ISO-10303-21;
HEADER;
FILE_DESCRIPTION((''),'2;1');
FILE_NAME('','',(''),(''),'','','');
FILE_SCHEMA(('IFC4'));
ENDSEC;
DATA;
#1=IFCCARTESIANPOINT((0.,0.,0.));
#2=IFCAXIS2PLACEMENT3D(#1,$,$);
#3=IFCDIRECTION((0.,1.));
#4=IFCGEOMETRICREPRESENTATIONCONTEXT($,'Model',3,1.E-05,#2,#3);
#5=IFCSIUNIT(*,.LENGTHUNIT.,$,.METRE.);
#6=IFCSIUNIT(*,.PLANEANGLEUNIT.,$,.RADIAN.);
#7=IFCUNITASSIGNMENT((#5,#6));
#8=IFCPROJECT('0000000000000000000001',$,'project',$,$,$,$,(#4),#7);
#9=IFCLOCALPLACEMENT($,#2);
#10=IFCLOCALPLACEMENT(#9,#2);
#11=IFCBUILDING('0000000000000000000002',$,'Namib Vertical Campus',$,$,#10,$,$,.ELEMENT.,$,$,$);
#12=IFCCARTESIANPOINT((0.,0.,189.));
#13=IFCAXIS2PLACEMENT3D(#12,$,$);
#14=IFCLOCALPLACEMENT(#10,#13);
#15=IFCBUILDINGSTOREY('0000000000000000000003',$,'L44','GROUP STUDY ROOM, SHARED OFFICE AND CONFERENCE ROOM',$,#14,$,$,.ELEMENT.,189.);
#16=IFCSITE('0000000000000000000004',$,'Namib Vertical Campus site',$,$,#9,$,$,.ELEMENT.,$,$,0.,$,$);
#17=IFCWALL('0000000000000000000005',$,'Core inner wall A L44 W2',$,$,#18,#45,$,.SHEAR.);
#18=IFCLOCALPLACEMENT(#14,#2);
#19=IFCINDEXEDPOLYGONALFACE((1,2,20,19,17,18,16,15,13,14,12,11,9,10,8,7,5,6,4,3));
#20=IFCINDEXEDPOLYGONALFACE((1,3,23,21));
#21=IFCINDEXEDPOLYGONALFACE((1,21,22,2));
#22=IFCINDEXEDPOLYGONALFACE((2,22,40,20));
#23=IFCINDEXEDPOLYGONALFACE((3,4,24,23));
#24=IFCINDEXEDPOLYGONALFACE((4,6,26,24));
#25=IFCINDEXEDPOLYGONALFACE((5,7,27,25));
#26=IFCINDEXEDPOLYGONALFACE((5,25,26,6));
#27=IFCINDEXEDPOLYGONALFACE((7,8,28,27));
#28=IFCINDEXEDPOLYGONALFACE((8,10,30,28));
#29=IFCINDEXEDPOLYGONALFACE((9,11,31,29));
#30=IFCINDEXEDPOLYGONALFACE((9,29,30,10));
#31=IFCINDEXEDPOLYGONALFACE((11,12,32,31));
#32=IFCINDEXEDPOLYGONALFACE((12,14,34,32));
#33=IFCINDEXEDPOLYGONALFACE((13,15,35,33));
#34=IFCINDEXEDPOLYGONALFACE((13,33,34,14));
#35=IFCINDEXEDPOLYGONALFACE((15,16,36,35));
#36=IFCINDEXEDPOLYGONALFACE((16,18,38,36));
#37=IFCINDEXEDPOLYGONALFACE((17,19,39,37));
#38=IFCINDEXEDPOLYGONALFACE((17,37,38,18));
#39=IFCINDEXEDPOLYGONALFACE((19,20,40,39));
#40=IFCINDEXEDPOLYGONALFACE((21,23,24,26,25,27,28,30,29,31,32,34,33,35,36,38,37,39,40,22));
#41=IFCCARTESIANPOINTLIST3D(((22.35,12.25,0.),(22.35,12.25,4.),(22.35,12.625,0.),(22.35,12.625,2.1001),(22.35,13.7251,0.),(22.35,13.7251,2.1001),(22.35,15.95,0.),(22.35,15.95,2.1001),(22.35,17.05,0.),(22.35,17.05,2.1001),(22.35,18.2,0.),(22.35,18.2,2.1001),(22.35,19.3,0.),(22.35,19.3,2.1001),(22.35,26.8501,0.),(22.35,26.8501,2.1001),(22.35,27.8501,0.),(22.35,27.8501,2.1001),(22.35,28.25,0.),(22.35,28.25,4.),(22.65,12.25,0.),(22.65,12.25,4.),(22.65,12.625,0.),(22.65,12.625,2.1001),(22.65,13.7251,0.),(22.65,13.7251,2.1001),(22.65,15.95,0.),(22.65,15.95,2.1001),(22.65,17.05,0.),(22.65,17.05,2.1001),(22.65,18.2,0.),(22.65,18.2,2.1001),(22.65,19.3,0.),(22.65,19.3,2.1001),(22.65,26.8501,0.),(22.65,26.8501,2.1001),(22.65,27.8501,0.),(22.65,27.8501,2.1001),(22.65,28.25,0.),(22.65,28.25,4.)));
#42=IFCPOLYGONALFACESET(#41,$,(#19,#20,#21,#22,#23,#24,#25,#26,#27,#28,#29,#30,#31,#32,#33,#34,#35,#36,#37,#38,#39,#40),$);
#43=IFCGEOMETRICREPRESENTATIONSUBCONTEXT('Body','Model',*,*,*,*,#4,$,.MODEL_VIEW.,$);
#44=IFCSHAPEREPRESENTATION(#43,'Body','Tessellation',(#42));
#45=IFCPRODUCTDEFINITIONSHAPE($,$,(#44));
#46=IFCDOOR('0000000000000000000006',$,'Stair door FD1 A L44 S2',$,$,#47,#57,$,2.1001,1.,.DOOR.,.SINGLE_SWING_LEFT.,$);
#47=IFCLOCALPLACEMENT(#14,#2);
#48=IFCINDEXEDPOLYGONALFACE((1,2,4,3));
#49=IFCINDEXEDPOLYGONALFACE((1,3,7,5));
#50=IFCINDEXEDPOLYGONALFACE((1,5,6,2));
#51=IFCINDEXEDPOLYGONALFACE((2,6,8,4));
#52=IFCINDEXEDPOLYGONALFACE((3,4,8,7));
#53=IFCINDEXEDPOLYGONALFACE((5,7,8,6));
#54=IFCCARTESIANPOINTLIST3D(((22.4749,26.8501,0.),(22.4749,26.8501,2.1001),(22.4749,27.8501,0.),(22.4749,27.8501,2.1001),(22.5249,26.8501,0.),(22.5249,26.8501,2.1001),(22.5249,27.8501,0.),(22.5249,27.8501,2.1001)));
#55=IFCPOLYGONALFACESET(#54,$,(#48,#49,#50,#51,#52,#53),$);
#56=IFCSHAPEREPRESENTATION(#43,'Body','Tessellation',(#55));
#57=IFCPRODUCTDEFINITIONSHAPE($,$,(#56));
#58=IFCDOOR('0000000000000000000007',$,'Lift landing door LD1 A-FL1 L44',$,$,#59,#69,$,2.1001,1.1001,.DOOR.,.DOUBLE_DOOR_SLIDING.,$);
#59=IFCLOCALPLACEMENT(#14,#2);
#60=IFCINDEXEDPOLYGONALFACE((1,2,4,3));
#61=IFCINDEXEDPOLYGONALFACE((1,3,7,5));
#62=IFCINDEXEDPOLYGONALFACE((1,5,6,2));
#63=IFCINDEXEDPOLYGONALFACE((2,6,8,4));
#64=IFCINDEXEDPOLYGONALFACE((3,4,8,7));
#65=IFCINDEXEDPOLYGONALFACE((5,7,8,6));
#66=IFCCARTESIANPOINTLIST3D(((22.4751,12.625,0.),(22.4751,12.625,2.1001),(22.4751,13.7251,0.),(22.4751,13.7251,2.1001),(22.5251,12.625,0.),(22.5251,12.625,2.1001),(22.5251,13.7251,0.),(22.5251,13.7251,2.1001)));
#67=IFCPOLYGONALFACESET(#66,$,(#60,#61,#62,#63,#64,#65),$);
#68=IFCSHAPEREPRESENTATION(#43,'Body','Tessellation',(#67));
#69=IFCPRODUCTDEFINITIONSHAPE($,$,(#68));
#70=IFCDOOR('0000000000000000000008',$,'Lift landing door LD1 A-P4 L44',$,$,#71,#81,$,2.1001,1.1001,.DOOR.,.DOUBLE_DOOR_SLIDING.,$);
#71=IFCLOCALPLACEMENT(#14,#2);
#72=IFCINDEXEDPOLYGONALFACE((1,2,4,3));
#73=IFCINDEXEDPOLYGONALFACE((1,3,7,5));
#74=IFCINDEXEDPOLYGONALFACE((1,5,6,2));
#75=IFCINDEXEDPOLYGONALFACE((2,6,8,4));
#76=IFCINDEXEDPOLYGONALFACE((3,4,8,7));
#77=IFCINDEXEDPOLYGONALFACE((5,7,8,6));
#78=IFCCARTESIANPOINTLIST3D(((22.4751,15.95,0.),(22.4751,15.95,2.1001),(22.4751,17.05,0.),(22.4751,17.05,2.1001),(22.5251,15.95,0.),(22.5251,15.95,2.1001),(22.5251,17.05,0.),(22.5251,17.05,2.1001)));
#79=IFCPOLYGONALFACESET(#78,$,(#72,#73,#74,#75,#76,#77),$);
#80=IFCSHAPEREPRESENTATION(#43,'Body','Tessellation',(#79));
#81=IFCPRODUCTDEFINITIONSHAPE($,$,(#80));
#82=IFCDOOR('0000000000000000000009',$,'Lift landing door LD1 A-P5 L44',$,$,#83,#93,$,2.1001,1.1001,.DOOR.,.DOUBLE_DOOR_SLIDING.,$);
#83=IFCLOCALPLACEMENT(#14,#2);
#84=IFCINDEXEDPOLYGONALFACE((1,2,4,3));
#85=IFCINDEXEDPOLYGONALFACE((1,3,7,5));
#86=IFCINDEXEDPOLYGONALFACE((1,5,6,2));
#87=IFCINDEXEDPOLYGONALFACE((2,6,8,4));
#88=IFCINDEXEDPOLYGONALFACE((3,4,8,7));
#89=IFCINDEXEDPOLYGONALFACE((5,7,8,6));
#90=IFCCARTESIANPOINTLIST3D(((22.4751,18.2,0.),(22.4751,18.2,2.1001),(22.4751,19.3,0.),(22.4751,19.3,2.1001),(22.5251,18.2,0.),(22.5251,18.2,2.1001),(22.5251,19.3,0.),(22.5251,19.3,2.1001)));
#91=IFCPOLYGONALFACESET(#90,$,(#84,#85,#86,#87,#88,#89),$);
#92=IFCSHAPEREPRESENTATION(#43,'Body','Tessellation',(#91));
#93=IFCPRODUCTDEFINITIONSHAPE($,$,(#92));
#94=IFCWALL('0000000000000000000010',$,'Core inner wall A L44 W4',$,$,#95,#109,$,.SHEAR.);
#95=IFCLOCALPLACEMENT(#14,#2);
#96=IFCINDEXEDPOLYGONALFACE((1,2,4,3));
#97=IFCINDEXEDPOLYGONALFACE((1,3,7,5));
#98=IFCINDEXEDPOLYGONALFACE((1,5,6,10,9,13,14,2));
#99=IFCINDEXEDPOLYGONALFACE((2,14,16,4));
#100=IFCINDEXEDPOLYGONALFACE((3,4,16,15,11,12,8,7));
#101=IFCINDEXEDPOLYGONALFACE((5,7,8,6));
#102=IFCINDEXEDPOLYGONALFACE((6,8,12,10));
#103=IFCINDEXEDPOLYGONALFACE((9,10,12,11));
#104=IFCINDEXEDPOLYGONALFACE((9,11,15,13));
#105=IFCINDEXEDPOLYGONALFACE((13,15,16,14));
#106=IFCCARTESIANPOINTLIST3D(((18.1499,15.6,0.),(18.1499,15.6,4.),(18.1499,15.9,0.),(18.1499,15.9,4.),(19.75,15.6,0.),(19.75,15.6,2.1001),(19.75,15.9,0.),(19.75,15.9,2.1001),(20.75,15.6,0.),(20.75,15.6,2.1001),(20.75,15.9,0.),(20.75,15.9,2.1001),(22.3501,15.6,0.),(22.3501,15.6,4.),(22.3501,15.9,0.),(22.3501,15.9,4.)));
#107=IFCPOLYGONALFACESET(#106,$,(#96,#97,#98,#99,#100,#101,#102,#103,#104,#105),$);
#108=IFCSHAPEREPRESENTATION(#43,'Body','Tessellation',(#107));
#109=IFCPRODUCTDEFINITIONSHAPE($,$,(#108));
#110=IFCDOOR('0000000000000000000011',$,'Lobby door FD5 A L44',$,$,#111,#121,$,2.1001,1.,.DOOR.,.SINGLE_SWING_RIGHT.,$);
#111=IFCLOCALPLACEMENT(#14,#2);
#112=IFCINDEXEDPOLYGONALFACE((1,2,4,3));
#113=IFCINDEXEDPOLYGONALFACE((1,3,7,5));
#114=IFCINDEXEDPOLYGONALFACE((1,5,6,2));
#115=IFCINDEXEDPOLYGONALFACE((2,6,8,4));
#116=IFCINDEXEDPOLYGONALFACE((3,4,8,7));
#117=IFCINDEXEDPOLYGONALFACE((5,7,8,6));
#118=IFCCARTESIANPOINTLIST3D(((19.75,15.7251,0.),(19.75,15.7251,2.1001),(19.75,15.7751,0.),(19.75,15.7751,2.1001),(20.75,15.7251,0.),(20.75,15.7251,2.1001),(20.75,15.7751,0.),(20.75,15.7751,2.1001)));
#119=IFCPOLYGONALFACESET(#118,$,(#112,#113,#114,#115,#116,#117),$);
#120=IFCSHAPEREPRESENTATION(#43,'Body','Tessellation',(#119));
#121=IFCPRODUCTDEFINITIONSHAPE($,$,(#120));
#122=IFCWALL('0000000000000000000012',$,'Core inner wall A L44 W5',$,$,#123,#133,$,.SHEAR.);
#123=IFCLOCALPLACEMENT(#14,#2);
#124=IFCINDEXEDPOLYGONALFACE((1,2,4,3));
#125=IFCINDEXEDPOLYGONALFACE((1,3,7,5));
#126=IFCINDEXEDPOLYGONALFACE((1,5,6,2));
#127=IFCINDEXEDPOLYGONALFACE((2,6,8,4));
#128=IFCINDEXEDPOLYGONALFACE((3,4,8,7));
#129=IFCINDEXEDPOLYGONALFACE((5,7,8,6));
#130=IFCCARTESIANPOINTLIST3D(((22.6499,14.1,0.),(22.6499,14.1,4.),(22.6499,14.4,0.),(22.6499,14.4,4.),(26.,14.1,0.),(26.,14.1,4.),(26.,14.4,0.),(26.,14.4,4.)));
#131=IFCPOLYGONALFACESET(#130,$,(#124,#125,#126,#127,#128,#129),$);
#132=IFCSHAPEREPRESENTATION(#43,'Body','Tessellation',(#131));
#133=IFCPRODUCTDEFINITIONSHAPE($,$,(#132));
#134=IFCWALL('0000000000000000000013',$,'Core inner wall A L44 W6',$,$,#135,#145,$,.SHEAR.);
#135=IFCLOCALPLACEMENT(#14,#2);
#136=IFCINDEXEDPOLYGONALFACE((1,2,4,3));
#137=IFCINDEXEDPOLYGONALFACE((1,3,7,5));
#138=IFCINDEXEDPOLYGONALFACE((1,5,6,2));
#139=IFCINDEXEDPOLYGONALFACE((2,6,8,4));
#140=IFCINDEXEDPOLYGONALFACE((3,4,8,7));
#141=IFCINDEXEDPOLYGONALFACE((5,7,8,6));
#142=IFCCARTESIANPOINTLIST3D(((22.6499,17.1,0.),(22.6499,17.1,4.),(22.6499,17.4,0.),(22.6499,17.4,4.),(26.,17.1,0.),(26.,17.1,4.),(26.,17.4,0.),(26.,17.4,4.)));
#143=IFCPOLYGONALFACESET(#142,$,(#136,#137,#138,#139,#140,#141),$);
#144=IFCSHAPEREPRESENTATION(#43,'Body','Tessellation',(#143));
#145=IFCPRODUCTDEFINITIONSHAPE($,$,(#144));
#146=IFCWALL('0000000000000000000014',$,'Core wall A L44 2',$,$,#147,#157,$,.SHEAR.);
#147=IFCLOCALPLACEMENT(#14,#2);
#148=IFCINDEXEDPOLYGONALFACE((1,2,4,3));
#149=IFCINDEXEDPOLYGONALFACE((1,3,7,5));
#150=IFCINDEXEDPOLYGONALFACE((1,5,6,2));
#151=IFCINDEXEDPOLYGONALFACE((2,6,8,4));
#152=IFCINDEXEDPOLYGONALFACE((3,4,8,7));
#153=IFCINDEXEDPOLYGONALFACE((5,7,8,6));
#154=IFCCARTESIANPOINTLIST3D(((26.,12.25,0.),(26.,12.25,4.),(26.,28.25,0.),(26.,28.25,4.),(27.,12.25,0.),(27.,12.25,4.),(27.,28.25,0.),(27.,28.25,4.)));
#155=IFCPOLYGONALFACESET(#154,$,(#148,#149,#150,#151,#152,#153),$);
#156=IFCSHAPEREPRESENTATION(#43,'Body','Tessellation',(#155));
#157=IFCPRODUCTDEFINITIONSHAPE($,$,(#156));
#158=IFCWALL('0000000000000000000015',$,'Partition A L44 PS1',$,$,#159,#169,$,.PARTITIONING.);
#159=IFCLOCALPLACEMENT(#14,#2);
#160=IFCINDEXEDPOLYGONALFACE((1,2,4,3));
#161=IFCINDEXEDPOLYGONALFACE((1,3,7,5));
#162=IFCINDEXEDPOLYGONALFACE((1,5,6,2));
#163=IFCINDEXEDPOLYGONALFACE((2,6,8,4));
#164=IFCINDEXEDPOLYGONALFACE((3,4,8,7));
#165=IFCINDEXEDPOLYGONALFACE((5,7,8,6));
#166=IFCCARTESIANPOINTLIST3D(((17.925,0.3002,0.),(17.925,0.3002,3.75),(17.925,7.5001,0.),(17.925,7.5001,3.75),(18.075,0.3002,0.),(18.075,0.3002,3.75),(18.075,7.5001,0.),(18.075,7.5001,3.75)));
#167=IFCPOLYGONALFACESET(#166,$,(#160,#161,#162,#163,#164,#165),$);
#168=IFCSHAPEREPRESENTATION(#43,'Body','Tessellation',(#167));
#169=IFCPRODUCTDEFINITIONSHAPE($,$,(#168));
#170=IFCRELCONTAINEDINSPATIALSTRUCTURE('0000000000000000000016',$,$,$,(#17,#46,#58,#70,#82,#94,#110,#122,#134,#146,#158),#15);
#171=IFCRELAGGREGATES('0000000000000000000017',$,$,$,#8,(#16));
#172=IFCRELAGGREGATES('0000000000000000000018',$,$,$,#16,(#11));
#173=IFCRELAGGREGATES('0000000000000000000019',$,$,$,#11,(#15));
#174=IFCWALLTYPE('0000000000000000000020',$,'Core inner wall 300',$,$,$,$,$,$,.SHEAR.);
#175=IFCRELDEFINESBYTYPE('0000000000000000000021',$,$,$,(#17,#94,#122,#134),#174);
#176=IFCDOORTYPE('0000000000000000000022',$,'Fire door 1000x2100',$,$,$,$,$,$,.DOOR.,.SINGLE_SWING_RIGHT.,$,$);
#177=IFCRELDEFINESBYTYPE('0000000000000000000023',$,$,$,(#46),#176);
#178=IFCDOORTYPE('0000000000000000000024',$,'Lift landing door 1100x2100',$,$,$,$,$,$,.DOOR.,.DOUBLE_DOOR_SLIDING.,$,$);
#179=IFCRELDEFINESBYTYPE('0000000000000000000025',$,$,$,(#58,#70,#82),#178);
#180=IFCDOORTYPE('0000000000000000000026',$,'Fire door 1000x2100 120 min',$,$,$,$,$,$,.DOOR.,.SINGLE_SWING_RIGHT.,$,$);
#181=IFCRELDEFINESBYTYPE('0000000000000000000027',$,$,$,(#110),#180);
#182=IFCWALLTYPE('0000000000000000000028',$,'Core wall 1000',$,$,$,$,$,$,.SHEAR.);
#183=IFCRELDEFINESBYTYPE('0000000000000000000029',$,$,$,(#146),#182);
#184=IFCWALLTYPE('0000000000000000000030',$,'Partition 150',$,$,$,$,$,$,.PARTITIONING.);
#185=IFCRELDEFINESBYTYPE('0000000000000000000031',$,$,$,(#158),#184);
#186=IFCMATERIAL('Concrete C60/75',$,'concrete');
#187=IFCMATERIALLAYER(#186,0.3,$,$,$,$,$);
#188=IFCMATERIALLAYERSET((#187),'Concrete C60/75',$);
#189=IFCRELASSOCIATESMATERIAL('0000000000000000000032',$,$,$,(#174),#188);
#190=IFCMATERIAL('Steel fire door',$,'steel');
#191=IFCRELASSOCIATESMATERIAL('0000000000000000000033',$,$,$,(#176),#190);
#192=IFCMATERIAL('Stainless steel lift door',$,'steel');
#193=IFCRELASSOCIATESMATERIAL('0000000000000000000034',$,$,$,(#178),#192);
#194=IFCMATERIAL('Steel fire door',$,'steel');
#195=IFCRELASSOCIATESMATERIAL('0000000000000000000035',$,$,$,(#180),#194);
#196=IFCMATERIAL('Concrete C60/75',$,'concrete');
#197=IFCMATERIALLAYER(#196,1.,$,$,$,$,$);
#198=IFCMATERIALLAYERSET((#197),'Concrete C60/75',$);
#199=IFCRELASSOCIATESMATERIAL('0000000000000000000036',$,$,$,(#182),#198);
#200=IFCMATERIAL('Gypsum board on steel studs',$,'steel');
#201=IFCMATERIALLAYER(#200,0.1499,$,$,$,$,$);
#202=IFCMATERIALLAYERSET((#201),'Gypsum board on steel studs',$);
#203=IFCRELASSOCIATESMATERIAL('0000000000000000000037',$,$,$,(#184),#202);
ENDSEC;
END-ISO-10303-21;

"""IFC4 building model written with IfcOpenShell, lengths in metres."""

from ifc_helpers import new_model, si_unit, direction, frame, frame_2d, origin, place, context, subcontext, project, spatial, rectangle, extrude, material, layer, layer_set, type_object, element, fill, save


model = new_model("IFC4")

# Units and contexts
model_context = context("Model", 3, precision=1e-05, world=origin(), true_north=direction((0.0, 1.0)))
body_context = subcontext(model_context, "Body", "Model", "MODEL_VIEW")
ifc_project = project(units=[si_unit("LENGTHUNIT", "METRE"), si_unit("PLANEANGLEUNIT", "RADIAN")], contexts=[model_context])

# Site, building, storey
site_placement = place(None, origin())
site = spatial("IfcSite", under=ifc_project, at=site_placement, Name="Namib Vertical Campus site", CompositionType="ELEMENT", RefElevation=0.0)
building_placement = place(site_placement, origin())
building = spatial("IfcBuilding", under=site, at=building_placement, Name="Namib Vertical Campus", CompositionType="ELEMENT")
storey_placement = place(building_placement, frame((0.0, 0.0, 189.0)))
storey = spatial("IfcBuildingStorey", under=building, at=storey_placement, Name="L44", Description="GROUP STUDY ROOM, SHARED OFFICE AND CONFERENCE ROOM", CompositionType="ELEMENT", Elevation=189.0)

# Wall, openings, doors
ifc_material_1 = material(Name="Concrete C60/75", Category="concrete")
ifc_layer_1 = layer(ifc_material_1, 0.3)
ifc_layer_set_1 = layer_set([ifc_layer_1], Name="Concrete C60/75")
wall_type_1 = type_object("IfcWallType", Name="Core inner wall 300", PredefinedType="SHEAR", material=ifc_layer_set_1)
ifc_material_2 = material(Name="Steel fire door", Category="steel")
door_type_1 = type_object("IfcDoorType", Name="Fire door 1000x2100", OperationType="SINGLE_SWING_RIGHT", PredefinedType="DOOR", material=ifc_material_2)
ifc_material_3 = material(Name="Stainless steel lift door", Category="steel")
door_type_2 = type_object("IfcDoorType", Name="Lift landing door 1100x2100", OperationType="DOUBLE_DOOR_SLIDING", PredefinedType="DOOR", material=ifc_material_3)
wall_1_placement = place(storey_placement, frame((22.5, 12.25, 0.0), z_axis=(0.0, 0.0, 1.0), x_axis=(0.0, 1.0, 0.0)))
wall_1 = element("IfcWall", 1, at=wall_1_placement, inside=storey, type_object=wall_type_1, Name="Core inner wall A L44 W2", PredefinedType="SHEAR", context=body_context, shape_type="SweptSolid", body=[
    extrude(rectangle(XDim=16.0, YDim=0.3, at=frame_2d((8.0, 0.0))), origin(), (0.0, 0.0, 1.0), 4.0),
])
opening_1_placement = place(wall_1_placement, frame((14.6001, 0.0, 0.0)))
opening_1 = element("IfcOpeningElement", 2, at=opening_1_placement, cuts=wall_1, PredefinedType="OPENING", context=body_context, shape_type="SweptSolid", body=[
    extrude(rectangle(XDim=1.0, YDim=2.1001, at=frame_2d((0.5, 1.05))), frame((0.0, 0.1599, 0.0), z_axis=(0.0, -1.0, 0.0), x_axis=(1.0, 0.0, 0.0)), (0.0, 0.0, 1.0), 0.3201),
])
opening_2_placement = place(wall_1_placement, frame((0.375, 0.0, 0.0)))
opening_2 = element("IfcOpeningElement", 3, at=opening_2_placement, cuts=wall_1, PredefinedType="OPENING", context=body_context, shape_type="SweptSolid", body=[
    extrude(rectangle(XDim=1.1001, YDim=2.1001, at=frame_2d((0.55, 1.05))), frame((0.0, 0.1599, 0.0), z_axis=(0.0, -1.0, 0.0), x_axis=(1.0, 0.0, 0.0)), (0.0, 0.0, 1.0), 0.3201),
])
opening_3_placement = place(wall_1_placement, frame((3.7, 0.0, 0.0)))
opening_3 = element("IfcOpeningElement", 4, at=opening_3_placement, cuts=wall_1, PredefinedType="OPENING", context=body_context, shape_type="SweptSolid", body=[
    extrude(rectangle(XDim=1.1001, YDim=2.1001, at=frame_2d((0.55, 1.05))), frame((0.0, 0.1599, 0.0), z_axis=(0.0, -1.0, 0.0), x_axis=(1.0, 0.0, 0.0)), (0.0, 0.0, 1.0), 0.3201),
])
opening_4_placement = place(wall_1_placement, frame((5.95, 0.0, 0.0)))
opening_4 = element("IfcOpeningElement", 5, at=opening_4_placement, cuts=wall_1, PredefinedType="OPENING", context=body_context, shape_type="SweptSolid", body=[
    extrude(rectangle(XDim=1.1001, YDim=2.1001, at=frame_2d((0.55, 1.05))), frame((0.0, 0.1599, 0.0), z_axis=(0.0, -1.0, 0.0), x_axis=(1.0, 0.0, 0.0)), (0.0, 0.0, 1.0), 0.3201),
])
door_1_placement = place(opening_1_placement, frame((1.0, 0.0, 0.0), z_axis=(0.0, 0.0, 1.0), x_axis=(-1.0, 0.0, 0.0)))
door_1 = element("IfcDoor", 6, at=door_1_placement, inside=storey, type_object=door_type_1, Name="Stair door FD1 A L44 S2", OperationType="SINGLE_SWING_LEFT", OverallHeight=2.1001, OverallWidth=1.0, PredefinedType="DOOR", context=body_context, shape_type="SweptSolid", body=[
    extrude(rectangle(XDim=1.0, YDim=2.1001, at=frame_2d((0.5, 1.05))), frame((0.0, 0.0249, 0.0), z_axis=(0.0, -1.0, 0.0), x_axis=(1.0, 0.0, 0.0)), (0.0, 0.0, 1.0), 0.05),
])
fill(opening_1, door_1)
door_2_placement = place(opening_2_placement, origin())
door_2 = element("IfcDoor", 7, at=door_2_placement, inside=storey, type_object=door_type_2, Name="Lift landing door LD1 A-FL1 L44", OperationType="DOUBLE_DOOR_SLIDING", OverallHeight=2.1001, OverallWidth=1.1001, PredefinedType="DOOR", context=body_context, shape_type="SweptSolid", body=[
    extrude(rectangle(XDim=1.1001, YDim=2.1001, at=frame_2d((0.55, 1.05))), frame((0.0, 0.0249, 0.0), z_axis=(0.0, -1.0, 0.0), x_axis=(1.0, 0.0, 0.0)), (0.0, 0.0, 1.0), 0.05),
])
fill(opening_2, door_2)
door_3_placement = place(opening_3_placement, origin())
door_3 = element("IfcDoor", 8, at=door_3_placement, inside=storey, type_object=door_type_2, Name="Lift landing door LD1 A-P4 L44", OperationType="DOUBLE_DOOR_SLIDING", OverallHeight=2.1001, OverallWidth=1.1001, PredefinedType="DOOR", context=body_context, shape_type="SweptSolid", body=[
    extrude(rectangle(XDim=1.1001, YDim=2.1001, at=frame_2d((0.55, 1.05))), frame((0.0, 0.0249, 0.0), z_axis=(0.0, -1.0, 0.0), x_axis=(1.0, 0.0, 0.0)), (0.0, 0.0, 1.0), 0.05),
])
fill(opening_3, door_3)
door_4_placement = place(opening_4_placement, origin())
door_4 = element("IfcDoor", 9, at=door_4_placement, inside=storey, type_object=door_type_2, Name="Lift landing door LD1 A-P5 L44", OperationType="DOUBLE_DOOR_SLIDING", OverallHeight=2.1001, OverallWidth=1.1001, PredefinedType="DOOR", context=body_context, shape_type="SweptSolid", body=[
    extrude(rectangle(XDim=1.1001, YDim=2.1001, at=frame_2d((0.55, 1.05))), frame((0.0, 0.0249, 0.0), z_axis=(0.0, -1.0, 0.0), x_axis=(1.0, 0.0, 0.0)), (0.0, 0.0, 1.0), 0.05),
])
fill(opening_4, door_4)

# Wall, opening, door
wall_2_placement = place(storey_placement, frame((18.1499, 15.75, 0.0), z_axis=(0.0, 0.0, 1.0), x_axis=(1.0, 0.0, 0.0)))
wall_2 = element("IfcWall", 10, at=wall_2_placement, inside=storey, type_object=wall_type_1, Name="Core inner wall A L44 W4", PredefinedType="SHEAR", context=body_context, shape_type="SweptSolid", body=[
    extrude(rectangle(XDim=4.2002, YDim=0.3, at=frame_2d((2.1001, 0.0))), origin(), (0.0, 0.0, 1.0), 4.0),
])
opening_5_placement = place(wall_2_placement, frame((1.6001, 0.0, 0.0)))
opening_5 = element("IfcOpeningElement", 11, at=opening_5_placement, cuts=wall_2, PredefinedType="OPENING", context=body_context, shape_type="SweptSolid", body=[
    extrude(rectangle(XDim=1.0, YDim=2.1001, at=frame_2d((0.5, 1.05))), frame((0.0, 0.1599, 0.0), z_axis=(0.0, -1.0, 0.0), x_axis=(1.0, 0.0, 0.0)), (0.0, 0.0, 1.0), 0.3201),
])
ifc_material_4 = material(Name="Steel fire door", Category="steel")
door_type_3 = type_object("IfcDoorType", Name="Fire door 1000x2100 120 min", OperationType="SINGLE_SWING_RIGHT", PredefinedType="DOOR", material=ifc_material_4)
door_5_placement = place(opening_5_placement, frame((1.0, 0.0, 0.0), z_axis=(0.0, 0.0, 1.0), x_axis=(-1.0, 0.0, 0.0)))
door_5 = element("IfcDoor", 12, at=door_5_placement, inside=storey, type_object=door_type_3, Name="Lobby door FD5 A L44", OperationType="SINGLE_SWING_RIGHT", OverallHeight=2.1001, OverallWidth=1.0, PredefinedType="DOOR", context=body_context, shape_type="SweptSolid", body=[
    extrude(rectangle(XDim=1.0, YDim=2.1001, at=frame_2d((0.5, 1.05))), frame((0.0, 0.0249, 0.0), z_axis=(0.0, -1.0, 0.0), x_axis=(1.0, 0.0, 0.0)), (0.0, 0.0, 1.0), 0.05),
])
fill(opening_5, door_5)

# Walls
for number, where, z_axis, x_axis, name in (
    (13, (22.6499, 14.25, 0.0), (0.0, 0.0, 1.0), (1.0, 0.0, 0.0), "Core inner wall A L44 W5"),
    (14, (22.6499, 17.25, 0.0), (0.0, 0.0, 1.0), (1.0, 0.0, 0.0), "Core inner wall A L44 W6"),
):
    element("IfcWall", number, at=place(storey_placement, frame(where, z_axis=z_axis, x_axis=x_axis)), inside=storey, type_object=wall_type_1, Name=name, PredefinedType="SHEAR", context=body_context, shape_type="SweptSolid", body=[
        extrude(rectangle(XDim=3.3501, YDim=0.3, at=frame_2d((1.675, 0.0))), origin(), (0.0, 0.0, 1.0), 4.0),
    ])
ifc_material_5 = material(Name="Concrete C60/75", Category="concrete")
ifc_layer_2 = layer(ifc_material_5, 1.0)
ifc_layer_set_2 = layer_set([ifc_layer_2], Name="Concrete C60/75")
wall_type_2 = type_object("IfcWallType", Name="Core wall 1000", PredefinedType="SHEAR", material=ifc_layer_set_2)
wall_3_placement = place(storey_placement, frame((26.5, 12.25, 0.0), z_axis=(0.0, 0.0, 1.0), x_axis=(0.0, 1.0, 0.0)))
element("IfcWall", 15, at=wall_3_placement, inside=storey, type_object=wall_type_2, Name="Core wall A L44 2", PredefinedType="SHEAR", context=body_context, shape_type="SweptSolid", body=[
    extrude(rectangle(XDim=16.0, YDim=1.0, at=frame_2d((8.0, 0.0))), origin(), (0.0, 0.0, 1.0), 4.0),
])
ifc_material_6 = material(Name="Gypsum board on steel studs", Category="steel")
ifc_layer_3 = layer(ifc_material_6, 0.1499)
ifc_layer_set_3 = layer_set([ifc_layer_3], Name="Gypsum board on steel studs")
wall_type_3 = type_object("IfcWallType", Name="Partition 150", PredefinedType="PARTITIONING", material=ifc_layer_set_3)
for number, where, z_axis, x_axis, name in (
    (16, (18.0, 0.3, 0.0), (0.0, 0.0, 1.0), (0.0, 1.0, 0.0), "Partition A L44 PS1"),
):
    element("IfcWall", number, at=place(storey_placement, frame(where, z_axis=z_axis, x_axis=x_axis)), inside=storey, type_object=wall_type_3, Name=name, PredefinedType="PARTITIONING", context=body_context, shape_type="SweptSolid", body=[
        extrude(rectangle(XDim=7.2, YDim=0.1499, at=frame_2d((3.6001, 0.0))), origin(), (0.0, 0.0, 1.0), 3.75),
    ])

save(model, "model.ifc")
